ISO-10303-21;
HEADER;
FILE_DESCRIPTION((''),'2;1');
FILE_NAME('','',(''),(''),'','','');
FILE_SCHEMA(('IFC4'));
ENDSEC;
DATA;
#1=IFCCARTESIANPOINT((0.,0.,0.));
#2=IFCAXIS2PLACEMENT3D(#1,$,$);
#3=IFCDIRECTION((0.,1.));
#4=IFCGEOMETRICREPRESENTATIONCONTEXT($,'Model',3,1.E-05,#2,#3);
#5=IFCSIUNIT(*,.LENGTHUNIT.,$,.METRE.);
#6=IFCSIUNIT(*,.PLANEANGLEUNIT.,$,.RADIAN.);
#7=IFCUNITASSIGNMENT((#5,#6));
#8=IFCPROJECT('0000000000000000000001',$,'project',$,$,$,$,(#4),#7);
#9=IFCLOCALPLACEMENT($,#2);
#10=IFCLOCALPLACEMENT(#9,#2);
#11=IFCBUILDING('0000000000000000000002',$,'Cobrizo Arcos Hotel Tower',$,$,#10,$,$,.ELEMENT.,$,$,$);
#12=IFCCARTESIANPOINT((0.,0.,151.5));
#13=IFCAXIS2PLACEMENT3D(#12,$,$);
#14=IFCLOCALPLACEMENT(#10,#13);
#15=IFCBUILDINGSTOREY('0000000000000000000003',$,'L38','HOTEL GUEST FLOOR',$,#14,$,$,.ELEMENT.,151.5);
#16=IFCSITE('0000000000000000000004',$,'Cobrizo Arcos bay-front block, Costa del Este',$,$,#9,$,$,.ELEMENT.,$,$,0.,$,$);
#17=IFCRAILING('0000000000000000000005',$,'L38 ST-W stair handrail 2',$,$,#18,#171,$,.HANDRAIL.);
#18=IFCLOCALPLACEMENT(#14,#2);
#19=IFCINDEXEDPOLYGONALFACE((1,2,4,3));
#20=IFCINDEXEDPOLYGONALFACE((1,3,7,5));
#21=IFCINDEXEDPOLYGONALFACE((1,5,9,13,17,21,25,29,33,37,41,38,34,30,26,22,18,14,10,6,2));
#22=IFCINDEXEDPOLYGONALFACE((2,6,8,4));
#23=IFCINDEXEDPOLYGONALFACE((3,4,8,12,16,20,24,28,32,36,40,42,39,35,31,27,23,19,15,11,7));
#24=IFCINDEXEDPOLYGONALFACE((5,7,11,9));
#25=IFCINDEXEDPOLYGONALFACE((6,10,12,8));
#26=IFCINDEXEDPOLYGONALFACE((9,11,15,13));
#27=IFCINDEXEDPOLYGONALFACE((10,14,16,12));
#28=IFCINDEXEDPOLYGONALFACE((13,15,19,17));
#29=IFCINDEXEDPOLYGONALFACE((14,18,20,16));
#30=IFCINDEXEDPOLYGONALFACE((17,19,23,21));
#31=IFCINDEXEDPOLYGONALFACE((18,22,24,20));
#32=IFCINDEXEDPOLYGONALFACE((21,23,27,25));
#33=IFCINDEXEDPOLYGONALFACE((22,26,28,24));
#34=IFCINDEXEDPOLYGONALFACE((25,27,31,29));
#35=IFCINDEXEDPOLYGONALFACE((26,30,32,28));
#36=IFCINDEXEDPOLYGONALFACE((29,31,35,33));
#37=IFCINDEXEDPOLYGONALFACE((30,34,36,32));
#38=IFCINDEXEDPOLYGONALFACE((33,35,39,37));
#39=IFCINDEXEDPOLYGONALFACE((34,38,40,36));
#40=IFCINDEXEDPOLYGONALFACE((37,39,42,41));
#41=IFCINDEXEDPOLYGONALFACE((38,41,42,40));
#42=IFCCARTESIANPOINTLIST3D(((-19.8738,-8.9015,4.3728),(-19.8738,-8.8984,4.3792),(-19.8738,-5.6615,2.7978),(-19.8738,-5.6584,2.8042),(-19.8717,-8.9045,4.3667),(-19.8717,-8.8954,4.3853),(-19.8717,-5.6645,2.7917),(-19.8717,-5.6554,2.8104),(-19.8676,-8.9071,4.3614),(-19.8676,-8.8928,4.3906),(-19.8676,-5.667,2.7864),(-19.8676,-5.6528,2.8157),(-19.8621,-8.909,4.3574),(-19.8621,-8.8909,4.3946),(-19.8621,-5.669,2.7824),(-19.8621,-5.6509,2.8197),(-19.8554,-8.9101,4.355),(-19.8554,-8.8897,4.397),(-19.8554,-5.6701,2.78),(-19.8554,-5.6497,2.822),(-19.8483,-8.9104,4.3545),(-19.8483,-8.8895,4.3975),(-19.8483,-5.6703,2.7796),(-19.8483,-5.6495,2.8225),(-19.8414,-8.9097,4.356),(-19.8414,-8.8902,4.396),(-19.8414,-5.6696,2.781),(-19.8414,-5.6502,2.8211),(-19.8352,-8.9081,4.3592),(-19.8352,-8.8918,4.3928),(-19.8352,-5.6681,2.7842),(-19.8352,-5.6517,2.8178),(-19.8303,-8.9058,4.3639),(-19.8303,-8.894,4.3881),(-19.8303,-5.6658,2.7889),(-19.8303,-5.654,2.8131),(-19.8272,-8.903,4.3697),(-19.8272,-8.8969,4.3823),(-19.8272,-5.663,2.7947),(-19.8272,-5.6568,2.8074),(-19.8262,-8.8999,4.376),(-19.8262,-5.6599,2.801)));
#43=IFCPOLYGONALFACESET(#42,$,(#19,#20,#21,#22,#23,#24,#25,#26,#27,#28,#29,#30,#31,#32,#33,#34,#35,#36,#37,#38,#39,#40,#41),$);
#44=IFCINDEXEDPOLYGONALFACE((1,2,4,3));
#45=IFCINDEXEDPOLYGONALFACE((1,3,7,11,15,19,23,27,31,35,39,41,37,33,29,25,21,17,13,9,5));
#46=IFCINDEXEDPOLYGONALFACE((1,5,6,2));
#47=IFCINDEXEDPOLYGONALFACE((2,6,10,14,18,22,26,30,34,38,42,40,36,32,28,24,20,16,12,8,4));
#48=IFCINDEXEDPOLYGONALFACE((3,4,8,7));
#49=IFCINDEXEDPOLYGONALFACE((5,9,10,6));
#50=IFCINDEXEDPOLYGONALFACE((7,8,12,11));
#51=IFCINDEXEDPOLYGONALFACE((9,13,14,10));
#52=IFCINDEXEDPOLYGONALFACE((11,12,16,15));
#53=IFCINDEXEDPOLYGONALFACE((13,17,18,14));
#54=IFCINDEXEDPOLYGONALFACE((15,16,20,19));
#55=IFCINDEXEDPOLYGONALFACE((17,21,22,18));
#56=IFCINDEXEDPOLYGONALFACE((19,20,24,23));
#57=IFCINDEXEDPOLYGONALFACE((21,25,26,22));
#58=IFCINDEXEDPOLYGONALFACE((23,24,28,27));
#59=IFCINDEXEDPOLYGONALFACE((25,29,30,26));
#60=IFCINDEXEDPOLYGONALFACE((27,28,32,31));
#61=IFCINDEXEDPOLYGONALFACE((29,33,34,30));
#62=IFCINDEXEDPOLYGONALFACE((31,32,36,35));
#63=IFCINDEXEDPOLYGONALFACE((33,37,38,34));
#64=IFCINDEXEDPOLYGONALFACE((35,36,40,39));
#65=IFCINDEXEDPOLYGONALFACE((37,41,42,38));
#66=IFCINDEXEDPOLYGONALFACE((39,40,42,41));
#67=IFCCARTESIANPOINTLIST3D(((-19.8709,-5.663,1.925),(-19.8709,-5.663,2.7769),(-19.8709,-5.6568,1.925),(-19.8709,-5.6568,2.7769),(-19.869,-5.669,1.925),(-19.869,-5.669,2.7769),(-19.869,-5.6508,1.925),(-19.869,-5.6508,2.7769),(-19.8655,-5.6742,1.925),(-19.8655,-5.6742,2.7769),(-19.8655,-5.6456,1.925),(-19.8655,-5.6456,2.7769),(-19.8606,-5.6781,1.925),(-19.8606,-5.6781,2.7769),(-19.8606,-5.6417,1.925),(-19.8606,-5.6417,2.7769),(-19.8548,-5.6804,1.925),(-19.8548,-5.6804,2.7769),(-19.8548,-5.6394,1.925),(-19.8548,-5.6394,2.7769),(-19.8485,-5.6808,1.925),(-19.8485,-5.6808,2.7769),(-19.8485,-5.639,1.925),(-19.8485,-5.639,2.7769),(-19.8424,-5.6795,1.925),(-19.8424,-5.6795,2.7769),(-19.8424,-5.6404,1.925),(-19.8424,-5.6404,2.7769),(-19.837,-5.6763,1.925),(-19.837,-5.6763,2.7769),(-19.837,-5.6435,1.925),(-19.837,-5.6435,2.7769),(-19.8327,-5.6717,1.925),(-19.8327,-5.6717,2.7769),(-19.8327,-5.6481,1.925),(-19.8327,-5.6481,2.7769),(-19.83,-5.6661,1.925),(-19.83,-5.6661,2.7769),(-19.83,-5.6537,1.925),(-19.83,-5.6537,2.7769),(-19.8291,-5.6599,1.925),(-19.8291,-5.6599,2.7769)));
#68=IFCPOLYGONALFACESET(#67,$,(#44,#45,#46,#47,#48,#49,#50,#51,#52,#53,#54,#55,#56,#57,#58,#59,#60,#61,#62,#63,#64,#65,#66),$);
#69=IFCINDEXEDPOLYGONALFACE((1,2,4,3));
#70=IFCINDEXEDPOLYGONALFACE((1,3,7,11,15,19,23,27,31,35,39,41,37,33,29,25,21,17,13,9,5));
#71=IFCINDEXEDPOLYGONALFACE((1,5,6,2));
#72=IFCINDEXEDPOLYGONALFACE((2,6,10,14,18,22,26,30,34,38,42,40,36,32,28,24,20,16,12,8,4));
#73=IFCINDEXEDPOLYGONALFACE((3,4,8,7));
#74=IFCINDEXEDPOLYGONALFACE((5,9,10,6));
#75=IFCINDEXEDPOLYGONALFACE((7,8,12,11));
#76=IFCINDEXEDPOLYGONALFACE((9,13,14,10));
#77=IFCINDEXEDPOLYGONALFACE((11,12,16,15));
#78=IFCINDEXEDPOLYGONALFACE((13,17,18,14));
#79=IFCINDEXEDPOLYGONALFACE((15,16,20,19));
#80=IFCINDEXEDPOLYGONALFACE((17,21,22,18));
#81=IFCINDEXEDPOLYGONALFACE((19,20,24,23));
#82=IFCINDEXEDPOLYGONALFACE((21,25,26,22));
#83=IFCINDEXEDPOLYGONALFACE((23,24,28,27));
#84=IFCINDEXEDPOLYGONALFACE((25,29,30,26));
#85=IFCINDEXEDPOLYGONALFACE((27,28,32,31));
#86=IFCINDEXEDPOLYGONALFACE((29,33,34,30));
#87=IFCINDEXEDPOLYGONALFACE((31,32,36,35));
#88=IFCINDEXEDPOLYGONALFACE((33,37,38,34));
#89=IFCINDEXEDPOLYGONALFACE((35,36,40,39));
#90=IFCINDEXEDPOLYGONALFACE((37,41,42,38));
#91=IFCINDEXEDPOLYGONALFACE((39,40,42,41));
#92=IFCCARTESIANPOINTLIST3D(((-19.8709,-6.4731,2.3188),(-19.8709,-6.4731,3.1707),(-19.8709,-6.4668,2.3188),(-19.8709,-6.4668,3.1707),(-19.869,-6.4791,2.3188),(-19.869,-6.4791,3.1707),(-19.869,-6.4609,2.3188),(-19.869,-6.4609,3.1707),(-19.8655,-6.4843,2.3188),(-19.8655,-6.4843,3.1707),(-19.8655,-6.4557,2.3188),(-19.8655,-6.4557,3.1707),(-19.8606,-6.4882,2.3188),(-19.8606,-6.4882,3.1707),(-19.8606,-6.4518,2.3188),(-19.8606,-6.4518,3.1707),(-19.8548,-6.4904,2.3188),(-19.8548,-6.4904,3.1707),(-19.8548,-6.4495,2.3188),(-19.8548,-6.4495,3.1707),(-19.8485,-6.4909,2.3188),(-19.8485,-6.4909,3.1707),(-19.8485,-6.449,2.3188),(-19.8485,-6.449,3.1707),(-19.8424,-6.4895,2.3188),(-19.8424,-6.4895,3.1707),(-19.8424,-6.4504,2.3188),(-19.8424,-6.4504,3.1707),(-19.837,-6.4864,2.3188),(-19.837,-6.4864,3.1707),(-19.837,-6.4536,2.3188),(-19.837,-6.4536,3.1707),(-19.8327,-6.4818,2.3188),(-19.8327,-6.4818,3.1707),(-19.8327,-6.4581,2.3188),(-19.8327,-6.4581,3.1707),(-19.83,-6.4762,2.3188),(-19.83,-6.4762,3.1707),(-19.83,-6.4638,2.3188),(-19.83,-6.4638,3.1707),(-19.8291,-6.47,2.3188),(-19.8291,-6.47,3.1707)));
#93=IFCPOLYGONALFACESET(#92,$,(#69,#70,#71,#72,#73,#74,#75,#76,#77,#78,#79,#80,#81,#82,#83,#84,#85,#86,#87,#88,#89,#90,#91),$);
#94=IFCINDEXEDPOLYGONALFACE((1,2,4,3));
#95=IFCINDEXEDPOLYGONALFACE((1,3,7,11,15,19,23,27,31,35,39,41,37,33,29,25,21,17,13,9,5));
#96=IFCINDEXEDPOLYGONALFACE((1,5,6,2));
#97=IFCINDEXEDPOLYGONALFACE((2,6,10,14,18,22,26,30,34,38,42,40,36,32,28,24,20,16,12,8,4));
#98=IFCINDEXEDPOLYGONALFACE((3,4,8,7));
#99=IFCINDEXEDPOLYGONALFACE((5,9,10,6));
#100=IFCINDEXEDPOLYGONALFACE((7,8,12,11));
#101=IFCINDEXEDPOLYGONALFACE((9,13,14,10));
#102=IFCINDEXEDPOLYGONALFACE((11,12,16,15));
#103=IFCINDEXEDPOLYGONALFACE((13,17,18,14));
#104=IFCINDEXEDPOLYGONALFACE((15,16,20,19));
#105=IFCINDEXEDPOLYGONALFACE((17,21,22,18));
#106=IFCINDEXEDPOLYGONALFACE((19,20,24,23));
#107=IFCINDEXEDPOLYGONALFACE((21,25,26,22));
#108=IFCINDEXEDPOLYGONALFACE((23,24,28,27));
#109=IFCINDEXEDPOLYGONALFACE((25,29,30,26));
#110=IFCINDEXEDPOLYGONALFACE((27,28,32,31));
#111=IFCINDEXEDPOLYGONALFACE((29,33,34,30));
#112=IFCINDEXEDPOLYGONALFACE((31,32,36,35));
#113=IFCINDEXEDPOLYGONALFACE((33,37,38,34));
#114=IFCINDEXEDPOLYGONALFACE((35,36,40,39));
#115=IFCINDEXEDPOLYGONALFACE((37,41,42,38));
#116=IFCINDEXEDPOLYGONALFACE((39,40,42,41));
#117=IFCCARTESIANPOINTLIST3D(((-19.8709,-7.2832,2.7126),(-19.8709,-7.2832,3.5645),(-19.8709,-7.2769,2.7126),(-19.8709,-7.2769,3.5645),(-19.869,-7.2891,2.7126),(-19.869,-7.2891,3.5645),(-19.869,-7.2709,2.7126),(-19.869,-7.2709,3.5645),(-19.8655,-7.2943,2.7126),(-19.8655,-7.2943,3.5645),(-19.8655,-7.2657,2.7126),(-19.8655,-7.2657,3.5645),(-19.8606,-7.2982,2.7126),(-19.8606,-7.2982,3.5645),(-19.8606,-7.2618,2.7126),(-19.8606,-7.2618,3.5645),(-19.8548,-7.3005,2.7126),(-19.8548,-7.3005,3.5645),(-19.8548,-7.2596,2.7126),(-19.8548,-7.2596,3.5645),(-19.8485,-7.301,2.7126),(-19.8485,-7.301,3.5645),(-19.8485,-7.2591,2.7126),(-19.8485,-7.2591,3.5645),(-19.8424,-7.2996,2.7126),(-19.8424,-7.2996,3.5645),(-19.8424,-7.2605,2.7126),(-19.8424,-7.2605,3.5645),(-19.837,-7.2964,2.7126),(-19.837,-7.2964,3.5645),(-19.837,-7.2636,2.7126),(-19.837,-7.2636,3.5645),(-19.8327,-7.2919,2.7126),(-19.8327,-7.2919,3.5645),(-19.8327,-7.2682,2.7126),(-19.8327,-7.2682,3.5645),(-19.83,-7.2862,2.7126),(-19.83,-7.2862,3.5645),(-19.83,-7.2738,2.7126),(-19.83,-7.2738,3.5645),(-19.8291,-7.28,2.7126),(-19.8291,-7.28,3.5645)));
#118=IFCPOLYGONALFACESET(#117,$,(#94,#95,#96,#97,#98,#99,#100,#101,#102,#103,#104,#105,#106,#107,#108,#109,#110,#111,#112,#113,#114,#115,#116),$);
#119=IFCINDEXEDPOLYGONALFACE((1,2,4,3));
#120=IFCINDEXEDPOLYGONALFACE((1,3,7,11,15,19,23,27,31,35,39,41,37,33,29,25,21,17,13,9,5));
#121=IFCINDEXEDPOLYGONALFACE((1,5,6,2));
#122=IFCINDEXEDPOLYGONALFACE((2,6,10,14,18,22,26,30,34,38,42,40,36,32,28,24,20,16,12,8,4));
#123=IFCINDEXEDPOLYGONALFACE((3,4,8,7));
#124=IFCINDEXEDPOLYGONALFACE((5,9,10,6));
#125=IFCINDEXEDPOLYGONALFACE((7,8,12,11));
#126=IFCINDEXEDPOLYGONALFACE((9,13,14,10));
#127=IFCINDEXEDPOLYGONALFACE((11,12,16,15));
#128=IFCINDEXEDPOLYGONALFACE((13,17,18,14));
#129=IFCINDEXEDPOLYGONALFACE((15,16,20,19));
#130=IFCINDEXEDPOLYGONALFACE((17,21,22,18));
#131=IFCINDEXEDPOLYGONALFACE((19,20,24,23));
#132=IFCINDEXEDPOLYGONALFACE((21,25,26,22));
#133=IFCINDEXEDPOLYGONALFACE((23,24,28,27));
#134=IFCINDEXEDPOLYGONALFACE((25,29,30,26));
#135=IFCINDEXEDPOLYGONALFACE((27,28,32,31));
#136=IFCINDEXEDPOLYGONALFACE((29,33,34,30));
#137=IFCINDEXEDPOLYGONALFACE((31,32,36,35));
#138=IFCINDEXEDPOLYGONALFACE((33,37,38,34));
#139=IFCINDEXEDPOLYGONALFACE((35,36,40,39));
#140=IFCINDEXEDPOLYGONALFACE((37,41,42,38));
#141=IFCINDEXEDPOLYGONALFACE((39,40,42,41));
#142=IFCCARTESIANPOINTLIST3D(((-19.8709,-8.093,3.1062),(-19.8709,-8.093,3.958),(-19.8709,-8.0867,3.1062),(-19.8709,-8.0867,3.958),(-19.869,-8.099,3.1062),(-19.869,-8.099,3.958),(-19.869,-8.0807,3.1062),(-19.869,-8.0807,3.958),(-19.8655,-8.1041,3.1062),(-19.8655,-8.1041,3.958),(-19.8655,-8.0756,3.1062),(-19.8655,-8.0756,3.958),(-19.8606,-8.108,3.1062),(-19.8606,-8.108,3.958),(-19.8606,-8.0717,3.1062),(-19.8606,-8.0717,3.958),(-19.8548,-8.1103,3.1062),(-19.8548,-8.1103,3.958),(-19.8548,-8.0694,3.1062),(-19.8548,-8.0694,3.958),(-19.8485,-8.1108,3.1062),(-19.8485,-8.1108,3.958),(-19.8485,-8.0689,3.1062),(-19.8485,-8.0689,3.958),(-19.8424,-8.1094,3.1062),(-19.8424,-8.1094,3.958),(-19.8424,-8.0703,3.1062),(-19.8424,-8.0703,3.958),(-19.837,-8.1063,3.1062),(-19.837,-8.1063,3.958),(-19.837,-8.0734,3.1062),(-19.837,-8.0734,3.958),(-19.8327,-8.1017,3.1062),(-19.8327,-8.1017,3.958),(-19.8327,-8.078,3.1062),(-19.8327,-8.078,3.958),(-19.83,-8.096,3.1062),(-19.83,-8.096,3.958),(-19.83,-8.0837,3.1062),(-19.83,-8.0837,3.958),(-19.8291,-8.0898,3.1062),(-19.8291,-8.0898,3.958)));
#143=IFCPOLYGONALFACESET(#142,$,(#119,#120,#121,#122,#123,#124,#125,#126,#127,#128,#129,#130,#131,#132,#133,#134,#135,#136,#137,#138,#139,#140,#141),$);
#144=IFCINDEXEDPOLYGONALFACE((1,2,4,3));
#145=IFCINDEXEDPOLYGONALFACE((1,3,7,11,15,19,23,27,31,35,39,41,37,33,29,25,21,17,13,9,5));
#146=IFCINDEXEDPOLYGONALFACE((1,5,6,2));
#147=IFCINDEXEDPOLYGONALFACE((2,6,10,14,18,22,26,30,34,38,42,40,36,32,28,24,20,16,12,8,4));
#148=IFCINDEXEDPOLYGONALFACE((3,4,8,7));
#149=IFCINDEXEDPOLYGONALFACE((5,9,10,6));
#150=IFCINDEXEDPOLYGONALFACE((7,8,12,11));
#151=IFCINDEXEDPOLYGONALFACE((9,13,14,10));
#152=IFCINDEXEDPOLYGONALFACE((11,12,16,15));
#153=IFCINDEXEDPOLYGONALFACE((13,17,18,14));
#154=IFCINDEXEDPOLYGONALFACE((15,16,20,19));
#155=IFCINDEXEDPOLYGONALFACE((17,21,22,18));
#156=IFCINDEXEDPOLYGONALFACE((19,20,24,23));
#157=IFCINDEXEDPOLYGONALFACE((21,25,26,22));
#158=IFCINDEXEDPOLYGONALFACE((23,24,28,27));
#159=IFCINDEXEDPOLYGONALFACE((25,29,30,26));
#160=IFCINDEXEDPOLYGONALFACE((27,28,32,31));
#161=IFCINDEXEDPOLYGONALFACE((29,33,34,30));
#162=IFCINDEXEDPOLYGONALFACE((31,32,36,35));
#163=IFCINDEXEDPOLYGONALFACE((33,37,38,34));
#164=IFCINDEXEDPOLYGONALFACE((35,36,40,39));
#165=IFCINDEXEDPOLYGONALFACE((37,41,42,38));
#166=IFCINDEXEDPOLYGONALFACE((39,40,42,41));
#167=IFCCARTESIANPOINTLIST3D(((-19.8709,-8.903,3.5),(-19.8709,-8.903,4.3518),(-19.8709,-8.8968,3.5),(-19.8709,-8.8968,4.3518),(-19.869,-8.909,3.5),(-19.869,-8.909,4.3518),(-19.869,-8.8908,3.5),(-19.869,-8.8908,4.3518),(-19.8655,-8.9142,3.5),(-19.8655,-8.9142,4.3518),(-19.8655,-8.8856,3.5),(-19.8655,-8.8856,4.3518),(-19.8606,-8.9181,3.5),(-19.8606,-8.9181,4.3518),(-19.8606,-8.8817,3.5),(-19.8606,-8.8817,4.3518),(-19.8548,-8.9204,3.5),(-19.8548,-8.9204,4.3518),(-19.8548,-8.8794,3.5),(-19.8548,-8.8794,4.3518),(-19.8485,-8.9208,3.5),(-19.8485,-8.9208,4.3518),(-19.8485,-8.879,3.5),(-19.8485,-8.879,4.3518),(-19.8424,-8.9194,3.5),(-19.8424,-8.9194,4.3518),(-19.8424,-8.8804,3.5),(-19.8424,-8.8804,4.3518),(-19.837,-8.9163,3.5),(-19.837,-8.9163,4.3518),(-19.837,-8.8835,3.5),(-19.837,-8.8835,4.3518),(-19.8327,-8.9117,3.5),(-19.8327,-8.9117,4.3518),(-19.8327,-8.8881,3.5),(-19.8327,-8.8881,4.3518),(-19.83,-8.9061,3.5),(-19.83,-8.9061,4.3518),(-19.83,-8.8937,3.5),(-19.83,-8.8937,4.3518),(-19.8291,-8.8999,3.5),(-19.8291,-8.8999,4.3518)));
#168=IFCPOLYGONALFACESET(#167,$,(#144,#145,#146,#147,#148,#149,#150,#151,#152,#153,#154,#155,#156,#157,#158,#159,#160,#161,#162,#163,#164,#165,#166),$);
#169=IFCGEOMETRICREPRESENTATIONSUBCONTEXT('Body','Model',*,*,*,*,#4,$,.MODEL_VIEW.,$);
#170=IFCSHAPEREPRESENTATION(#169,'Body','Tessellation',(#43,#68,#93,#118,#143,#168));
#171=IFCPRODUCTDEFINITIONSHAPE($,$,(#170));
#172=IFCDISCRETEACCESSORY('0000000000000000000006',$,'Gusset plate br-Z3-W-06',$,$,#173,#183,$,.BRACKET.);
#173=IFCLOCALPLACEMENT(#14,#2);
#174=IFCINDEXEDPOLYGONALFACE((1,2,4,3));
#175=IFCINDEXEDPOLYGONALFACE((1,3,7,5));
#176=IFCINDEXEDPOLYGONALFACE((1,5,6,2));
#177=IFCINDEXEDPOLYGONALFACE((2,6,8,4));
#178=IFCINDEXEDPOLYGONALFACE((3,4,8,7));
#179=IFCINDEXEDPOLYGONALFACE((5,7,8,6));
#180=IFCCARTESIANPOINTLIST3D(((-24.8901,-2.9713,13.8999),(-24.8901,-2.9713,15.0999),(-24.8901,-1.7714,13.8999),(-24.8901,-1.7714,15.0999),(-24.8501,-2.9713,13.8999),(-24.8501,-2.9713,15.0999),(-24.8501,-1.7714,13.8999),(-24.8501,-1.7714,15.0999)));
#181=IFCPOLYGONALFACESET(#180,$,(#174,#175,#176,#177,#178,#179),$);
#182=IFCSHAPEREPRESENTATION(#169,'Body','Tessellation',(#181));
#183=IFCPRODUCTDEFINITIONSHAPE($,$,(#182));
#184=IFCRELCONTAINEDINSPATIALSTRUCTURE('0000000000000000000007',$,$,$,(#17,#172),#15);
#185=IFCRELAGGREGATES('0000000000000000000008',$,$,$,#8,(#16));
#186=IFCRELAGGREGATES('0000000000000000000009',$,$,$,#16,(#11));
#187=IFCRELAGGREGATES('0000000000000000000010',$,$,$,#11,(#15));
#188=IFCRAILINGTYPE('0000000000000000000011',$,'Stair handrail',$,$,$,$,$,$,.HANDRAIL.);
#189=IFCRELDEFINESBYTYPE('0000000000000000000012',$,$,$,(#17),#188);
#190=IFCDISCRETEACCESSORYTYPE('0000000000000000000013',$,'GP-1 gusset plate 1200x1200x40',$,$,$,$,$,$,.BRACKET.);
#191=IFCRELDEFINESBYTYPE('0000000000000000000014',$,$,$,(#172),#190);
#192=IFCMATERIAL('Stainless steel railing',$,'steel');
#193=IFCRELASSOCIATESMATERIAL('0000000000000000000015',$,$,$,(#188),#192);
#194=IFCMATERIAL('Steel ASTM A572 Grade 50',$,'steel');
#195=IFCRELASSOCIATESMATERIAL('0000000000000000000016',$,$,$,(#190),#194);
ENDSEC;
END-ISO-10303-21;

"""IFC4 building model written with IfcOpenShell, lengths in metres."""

from ifc_helpers import new_model, si_unit, direction, frame, origin, origin_2d, place, context, subcontext, project, spatial, rectangle, circle, extrude, material, type_object, element, save


model = new_model("IFC4")

# Units and contexts
model_context = context("Model", 3, precision=1e-05, world=origin(), true_north=direction((0.0, 1.0)))
body_context = subcontext(model_context, "Body", "Model", "MODEL_VIEW")
ifc_project = project(units=[si_unit("LENGTHUNIT", "METRE"), si_unit("PLANEANGLEUNIT", "RADIAN")], contexts=[model_context])

# Site, building, storey
site_placement = place(None, origin())
site = spatial("IfcSite", under=ifc_project, at=site_placement, Name="Cobrizo Arcos bay-front block, Costa del Este", CompositionType="ELEMENT", RefElevation=0.0)
building_placement = place(site_placement, origin())
building = spatial("IfcBuilding", under=site, at=building_placement, Name="Cobrizo Arcos Hotel Tower", CompositionType="ELEMENT")
storey_placement = place(building_placement, frame((0.0, 0.0, 151.5)))
storey = spatial("IfcBuildingStorey", under=building, at=storey_placement, Name="L38", Description="HOTEL GUEST FLOOR", CompositionType="ELEMENT", Elevation=151.5)

# Railing
ifc_material_1 = material(Name="Stainless steel railing", Category="steel")
railing_type_1 = type_object("IfcRailingType", Name="Stair handrail", PredefinedType="HANDRAIL", material=ifc_material_1)
railing_1_placement = place(storey_placement, frame((-19.8501, -5.6599, 1.925)))
element("IfcRailing", 1, at=railing_1_placement, inside=storey, type_object=railing_type_1, Name="L38 ST-W stair handrail 2", PredefinedType="HANDRAIL", context=body_context, shape_type="SweptSolid", body=[
    extrude(circle(Radius=0.0239, at=origin_2d()), frame((0.0, 0.0, 0.876), z_axis=(0.0, -0.899373, 0.437183), x_axis=(1.0, 0.0, 0.0)), (0.0, 0.0, 1.0), 3.6025),
    extrude(circle(Radius=0.021, at=origin_2d()), origin(), (0.0, 0.0, 1.0), 0.8518),
    extrude(circle(Radius=0.021, at=origin_2d()), frame((0.0, -0.8101, 0.3938)), (0.0, 0.0, 1.0), 0.8518),
    extrude(circle(Radius=0.021, at=origin_2d()), frame((0.0, -1.6201, 0.7876)), (0.0, 0.0, 1.0), 0.8518),
    extrude(circle(Radius=0.021, at=origin_2d()), frame((0.0, -2.4299, 1.1812)), (0.0, 0.0, 1.0), 0.8518),
    extrude(circle(Radius=0.021, at=origin_2d()), frame((0.0, -3.24, 1.575)), (0.0, 0.0, 1.0), 0.8518),
])

# Discrete accessory
ifc_material_2 = material(Name="Steel ASTM A572 Grade 50", Category="steel")
discrete_accessory_type = type_object("IfcDiscreteAccessoryType", Name="GP-1 gusset plate 1200x1200x40", PredefinedType="BRACKET", material=ifc_material_2)
discrete_accessory_placement = place(storey_placement, frame((-24.8701, -2.3713, 13.8999), z_axis=(0.0, 0.0, 1.0), x_axis=(1.0, 0.0, 0.0)))
element("IfcDiscreteAccessory", 2, at=discrete_accessory_placement, inside=storey, type_object=discrete_accessory_type, Name="Gusset plate br-Z3-W-06", PredefinedType="BRACKET", context=body_context, shape_type="SweptSolid", body=[
    extrude(rectangle(XDim=0.04, YDim=1.2, at=origin_2d()), origin(), (0.0, 0.0, 1.0), 1.2),
])

save(model, "model.ifc")
